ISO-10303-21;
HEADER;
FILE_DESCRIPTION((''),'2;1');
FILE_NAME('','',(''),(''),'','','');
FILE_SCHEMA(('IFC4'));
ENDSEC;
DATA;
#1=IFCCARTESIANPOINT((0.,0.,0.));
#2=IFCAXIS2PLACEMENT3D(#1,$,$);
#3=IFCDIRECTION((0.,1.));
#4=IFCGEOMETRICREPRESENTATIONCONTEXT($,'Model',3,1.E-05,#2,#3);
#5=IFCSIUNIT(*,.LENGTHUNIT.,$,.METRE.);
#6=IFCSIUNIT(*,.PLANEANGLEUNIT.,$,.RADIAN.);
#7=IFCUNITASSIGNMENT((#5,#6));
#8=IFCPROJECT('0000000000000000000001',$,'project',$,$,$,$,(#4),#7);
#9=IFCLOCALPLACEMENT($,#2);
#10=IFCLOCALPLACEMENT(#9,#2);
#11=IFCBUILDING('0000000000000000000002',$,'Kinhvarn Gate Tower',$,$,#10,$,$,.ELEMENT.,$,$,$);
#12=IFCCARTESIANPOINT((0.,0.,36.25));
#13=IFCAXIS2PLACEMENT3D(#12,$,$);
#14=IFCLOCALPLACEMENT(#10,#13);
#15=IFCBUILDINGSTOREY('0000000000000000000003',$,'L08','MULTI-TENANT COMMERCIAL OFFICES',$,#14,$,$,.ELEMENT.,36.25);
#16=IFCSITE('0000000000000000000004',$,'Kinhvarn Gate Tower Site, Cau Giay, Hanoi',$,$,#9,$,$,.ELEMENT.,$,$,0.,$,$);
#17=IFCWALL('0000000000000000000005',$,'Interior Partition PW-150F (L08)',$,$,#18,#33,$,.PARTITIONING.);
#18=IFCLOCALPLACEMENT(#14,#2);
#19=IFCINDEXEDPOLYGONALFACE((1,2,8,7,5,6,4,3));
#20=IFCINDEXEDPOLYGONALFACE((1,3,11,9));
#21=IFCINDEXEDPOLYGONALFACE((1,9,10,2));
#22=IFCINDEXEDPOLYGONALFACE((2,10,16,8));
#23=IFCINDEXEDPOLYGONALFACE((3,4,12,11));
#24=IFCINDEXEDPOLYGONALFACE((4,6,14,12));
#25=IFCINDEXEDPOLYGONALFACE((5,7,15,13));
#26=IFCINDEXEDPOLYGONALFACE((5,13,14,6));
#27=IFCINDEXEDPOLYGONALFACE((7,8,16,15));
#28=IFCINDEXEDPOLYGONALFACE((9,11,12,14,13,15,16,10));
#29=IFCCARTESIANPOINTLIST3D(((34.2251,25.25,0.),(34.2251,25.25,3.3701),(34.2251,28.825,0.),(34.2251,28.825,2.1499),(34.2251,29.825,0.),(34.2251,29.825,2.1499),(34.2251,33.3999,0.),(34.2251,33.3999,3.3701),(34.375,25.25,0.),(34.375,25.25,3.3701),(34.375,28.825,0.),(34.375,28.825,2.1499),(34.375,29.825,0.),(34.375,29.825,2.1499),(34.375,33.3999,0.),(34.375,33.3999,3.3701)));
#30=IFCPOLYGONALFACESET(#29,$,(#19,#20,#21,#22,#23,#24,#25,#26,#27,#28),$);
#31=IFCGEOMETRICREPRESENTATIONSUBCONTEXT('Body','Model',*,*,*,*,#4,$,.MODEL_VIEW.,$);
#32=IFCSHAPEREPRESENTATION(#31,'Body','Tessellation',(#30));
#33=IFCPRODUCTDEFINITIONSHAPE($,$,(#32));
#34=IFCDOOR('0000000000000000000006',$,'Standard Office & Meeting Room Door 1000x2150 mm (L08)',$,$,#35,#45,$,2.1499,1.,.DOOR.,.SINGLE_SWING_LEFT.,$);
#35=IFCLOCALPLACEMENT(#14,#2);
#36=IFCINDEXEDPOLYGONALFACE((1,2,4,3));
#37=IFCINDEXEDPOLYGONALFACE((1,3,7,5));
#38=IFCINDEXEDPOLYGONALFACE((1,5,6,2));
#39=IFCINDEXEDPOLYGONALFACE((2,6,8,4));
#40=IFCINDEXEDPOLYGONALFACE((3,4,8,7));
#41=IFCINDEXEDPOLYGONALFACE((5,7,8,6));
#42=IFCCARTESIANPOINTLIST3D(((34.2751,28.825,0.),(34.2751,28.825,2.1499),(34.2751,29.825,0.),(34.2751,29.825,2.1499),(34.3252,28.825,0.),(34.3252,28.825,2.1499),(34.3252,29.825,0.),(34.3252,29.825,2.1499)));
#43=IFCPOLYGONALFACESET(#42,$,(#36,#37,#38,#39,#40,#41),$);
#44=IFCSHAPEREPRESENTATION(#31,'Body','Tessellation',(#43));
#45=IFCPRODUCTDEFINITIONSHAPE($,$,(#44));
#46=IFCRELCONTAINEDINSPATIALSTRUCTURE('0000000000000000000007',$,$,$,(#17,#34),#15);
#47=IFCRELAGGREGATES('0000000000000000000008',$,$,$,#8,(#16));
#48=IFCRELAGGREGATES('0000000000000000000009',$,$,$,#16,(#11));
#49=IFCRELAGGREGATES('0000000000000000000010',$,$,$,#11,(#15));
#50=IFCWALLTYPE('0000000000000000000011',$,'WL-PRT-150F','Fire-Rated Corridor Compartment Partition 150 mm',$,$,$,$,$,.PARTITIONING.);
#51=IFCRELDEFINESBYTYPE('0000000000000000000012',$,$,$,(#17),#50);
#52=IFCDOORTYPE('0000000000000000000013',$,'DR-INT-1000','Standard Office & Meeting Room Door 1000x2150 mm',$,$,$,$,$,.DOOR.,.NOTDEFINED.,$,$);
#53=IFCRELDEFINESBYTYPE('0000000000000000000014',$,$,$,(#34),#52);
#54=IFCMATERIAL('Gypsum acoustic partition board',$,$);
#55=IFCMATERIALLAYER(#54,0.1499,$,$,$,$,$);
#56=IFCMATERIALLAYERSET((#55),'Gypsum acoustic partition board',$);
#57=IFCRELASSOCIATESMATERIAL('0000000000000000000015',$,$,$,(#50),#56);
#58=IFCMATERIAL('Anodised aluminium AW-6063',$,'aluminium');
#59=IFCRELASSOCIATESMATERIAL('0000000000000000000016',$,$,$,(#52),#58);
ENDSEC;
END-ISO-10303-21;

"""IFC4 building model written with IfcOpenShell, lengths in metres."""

from ifc_helpers import new_model, si_unit, direction, frame, frame_2d, origin, place, context, subcontext, project, spatial, rectangle, extrude, material, layer, layer_set, type_object, element, fill, save


model = new_model("IFC4")

# Units and contexts
model_context = context("Model", 3, precision=1e-05, world=origin(), true_north=direction((0.0, 1.0)))
body_context = subcontext(model_context, "Body", "Model", "MODEL_VIEW")
ifc_project = project(units=[si_unit("LENGTHUNIT", "METRE"), si_unit("PLANEANGLEUNIT", "RADIAN")], contexts=[model_context])

# Site, building, storey
site_placement = place(None, origin())
site = spatial("IfcSite", under=ifc_project, at=site_placement, Name="Kinhvarn Gate Tower Site, Cau Giay, Hanoi", CompositionType="ELEMENT", RefElevation=0.0)
building_placement = place(site_placement, origin())
building = spatial("IfcBuilding", under=site, at=building_placement, Name="Kinhvarn Gate Tower", CompositionType="ELEMENT")
storey_placement = place(building_placement, frame((0.0, 0.0, 36.25)))
storey = spatial("IfcBuildingStorey", under=building, at=storey_placement, Name="L08", Description="MULTI-TENANT COMMERCIAL OFFICES", CompositionType="ELEMENT", Elevation=36.25)

# Shared definitions
ifc_material_1 = material(Name="Gypsum acoustic partition board")

# Shared definitions
ifc_material_2 = material(Name="Anodised aluminium AW-6063", Category="aluminium")

# Shared definitions
ifc_layer_1 = layer(ifc_material_1, 0.1499)
ifc_layer_set_1 = layer_set([ifc_layer_1], Name="Gypsum acoustic partition board")
wall_type_1 = type_object("IfcWallType", Name="WL-PRT-150F", Description="Fire-Rated Corridor Compartment Partition 150 mm", PredefinedType="PARTITIONING", material=ifc_layer_set_1)
door_type_1 = type_object("IfcDoorType", Name="DR-INT-1000", Description="Standard Office & Meeting Room Door 1000x2150 mm", OperationType="NOTDEFINED", PredefinedType="DOOR", material=ifc_material_2)

# Wall, opening, door
wall_1_placement = place(storey_placement, frame((34.3, 25.25, 0.0), z_axis=(0.0, 0.0, 1.0), x_axis=(0.0, 1.0, 0.0)))
wall_1 = element("IfcWall", 1, at=wall_1_placement, inside=storey, type_object=wall_type_1, Name="Interior Partition PW-150F (L08)", PredefinedType="PARTITIONING", context=body_context, shape_type="SweptSolid", body=[
    extrude(rectangle(XDim=8.1499, YDim=0.1499, at=frame_2d((4.075, 0.0))), origin(), (0.0, 0.0, 1.0), 3.3701),
])
opening_1_placement = place(wall_1_placement, frame((3.575, 0.0, 0.0)))
opening_1 = element("IfcOpeningElement", 2, at=opening_1_placement, cuts=wall_1, PredefinedType="OPENING", context=body_context, shape_type="SweptSolid", body=[
    extrude(rectangle(XDim=1.0, YDim=2.1499, at=frame_2d((0.5, 1.075))), frame((0.0, 0.085, 0.0), z_axis=(0.0, -1.0, 0.0), x_axis=(1.0, 0.0, 0.0)), (0.0, 0.0, 1.0), 0.1699),
])
door_1_placement = place(opening_1_placement, origin())
door_1 = element("IfcDoor", 3, at=door_1_placement, inside=storey, type_object=door_type_1, Name="Standard Office & Meeting Room Door 1000x2150 mm (L08)", OperationType="SINGLE_SWING_LEFT", OverallHeight=2.1499, OverallWidth=1.0, PredefinedType="DOOR", context=body_context, shape_type="SweptSolid", body=[
    extrude(rectangle(XDim=1.0, YDim=2.1499, at=frame_2d((0.5, 1.075))), frame((0.0, 0.0249, 0.0), z_axis=(0.0, -1.0, 0.0), x_axis=(1.0, 0.0, 0.0)), (0.0, 0.0, 1.0), 0.05),
])
fill(opening_1, door_1)

save(model, "model.ifc")
